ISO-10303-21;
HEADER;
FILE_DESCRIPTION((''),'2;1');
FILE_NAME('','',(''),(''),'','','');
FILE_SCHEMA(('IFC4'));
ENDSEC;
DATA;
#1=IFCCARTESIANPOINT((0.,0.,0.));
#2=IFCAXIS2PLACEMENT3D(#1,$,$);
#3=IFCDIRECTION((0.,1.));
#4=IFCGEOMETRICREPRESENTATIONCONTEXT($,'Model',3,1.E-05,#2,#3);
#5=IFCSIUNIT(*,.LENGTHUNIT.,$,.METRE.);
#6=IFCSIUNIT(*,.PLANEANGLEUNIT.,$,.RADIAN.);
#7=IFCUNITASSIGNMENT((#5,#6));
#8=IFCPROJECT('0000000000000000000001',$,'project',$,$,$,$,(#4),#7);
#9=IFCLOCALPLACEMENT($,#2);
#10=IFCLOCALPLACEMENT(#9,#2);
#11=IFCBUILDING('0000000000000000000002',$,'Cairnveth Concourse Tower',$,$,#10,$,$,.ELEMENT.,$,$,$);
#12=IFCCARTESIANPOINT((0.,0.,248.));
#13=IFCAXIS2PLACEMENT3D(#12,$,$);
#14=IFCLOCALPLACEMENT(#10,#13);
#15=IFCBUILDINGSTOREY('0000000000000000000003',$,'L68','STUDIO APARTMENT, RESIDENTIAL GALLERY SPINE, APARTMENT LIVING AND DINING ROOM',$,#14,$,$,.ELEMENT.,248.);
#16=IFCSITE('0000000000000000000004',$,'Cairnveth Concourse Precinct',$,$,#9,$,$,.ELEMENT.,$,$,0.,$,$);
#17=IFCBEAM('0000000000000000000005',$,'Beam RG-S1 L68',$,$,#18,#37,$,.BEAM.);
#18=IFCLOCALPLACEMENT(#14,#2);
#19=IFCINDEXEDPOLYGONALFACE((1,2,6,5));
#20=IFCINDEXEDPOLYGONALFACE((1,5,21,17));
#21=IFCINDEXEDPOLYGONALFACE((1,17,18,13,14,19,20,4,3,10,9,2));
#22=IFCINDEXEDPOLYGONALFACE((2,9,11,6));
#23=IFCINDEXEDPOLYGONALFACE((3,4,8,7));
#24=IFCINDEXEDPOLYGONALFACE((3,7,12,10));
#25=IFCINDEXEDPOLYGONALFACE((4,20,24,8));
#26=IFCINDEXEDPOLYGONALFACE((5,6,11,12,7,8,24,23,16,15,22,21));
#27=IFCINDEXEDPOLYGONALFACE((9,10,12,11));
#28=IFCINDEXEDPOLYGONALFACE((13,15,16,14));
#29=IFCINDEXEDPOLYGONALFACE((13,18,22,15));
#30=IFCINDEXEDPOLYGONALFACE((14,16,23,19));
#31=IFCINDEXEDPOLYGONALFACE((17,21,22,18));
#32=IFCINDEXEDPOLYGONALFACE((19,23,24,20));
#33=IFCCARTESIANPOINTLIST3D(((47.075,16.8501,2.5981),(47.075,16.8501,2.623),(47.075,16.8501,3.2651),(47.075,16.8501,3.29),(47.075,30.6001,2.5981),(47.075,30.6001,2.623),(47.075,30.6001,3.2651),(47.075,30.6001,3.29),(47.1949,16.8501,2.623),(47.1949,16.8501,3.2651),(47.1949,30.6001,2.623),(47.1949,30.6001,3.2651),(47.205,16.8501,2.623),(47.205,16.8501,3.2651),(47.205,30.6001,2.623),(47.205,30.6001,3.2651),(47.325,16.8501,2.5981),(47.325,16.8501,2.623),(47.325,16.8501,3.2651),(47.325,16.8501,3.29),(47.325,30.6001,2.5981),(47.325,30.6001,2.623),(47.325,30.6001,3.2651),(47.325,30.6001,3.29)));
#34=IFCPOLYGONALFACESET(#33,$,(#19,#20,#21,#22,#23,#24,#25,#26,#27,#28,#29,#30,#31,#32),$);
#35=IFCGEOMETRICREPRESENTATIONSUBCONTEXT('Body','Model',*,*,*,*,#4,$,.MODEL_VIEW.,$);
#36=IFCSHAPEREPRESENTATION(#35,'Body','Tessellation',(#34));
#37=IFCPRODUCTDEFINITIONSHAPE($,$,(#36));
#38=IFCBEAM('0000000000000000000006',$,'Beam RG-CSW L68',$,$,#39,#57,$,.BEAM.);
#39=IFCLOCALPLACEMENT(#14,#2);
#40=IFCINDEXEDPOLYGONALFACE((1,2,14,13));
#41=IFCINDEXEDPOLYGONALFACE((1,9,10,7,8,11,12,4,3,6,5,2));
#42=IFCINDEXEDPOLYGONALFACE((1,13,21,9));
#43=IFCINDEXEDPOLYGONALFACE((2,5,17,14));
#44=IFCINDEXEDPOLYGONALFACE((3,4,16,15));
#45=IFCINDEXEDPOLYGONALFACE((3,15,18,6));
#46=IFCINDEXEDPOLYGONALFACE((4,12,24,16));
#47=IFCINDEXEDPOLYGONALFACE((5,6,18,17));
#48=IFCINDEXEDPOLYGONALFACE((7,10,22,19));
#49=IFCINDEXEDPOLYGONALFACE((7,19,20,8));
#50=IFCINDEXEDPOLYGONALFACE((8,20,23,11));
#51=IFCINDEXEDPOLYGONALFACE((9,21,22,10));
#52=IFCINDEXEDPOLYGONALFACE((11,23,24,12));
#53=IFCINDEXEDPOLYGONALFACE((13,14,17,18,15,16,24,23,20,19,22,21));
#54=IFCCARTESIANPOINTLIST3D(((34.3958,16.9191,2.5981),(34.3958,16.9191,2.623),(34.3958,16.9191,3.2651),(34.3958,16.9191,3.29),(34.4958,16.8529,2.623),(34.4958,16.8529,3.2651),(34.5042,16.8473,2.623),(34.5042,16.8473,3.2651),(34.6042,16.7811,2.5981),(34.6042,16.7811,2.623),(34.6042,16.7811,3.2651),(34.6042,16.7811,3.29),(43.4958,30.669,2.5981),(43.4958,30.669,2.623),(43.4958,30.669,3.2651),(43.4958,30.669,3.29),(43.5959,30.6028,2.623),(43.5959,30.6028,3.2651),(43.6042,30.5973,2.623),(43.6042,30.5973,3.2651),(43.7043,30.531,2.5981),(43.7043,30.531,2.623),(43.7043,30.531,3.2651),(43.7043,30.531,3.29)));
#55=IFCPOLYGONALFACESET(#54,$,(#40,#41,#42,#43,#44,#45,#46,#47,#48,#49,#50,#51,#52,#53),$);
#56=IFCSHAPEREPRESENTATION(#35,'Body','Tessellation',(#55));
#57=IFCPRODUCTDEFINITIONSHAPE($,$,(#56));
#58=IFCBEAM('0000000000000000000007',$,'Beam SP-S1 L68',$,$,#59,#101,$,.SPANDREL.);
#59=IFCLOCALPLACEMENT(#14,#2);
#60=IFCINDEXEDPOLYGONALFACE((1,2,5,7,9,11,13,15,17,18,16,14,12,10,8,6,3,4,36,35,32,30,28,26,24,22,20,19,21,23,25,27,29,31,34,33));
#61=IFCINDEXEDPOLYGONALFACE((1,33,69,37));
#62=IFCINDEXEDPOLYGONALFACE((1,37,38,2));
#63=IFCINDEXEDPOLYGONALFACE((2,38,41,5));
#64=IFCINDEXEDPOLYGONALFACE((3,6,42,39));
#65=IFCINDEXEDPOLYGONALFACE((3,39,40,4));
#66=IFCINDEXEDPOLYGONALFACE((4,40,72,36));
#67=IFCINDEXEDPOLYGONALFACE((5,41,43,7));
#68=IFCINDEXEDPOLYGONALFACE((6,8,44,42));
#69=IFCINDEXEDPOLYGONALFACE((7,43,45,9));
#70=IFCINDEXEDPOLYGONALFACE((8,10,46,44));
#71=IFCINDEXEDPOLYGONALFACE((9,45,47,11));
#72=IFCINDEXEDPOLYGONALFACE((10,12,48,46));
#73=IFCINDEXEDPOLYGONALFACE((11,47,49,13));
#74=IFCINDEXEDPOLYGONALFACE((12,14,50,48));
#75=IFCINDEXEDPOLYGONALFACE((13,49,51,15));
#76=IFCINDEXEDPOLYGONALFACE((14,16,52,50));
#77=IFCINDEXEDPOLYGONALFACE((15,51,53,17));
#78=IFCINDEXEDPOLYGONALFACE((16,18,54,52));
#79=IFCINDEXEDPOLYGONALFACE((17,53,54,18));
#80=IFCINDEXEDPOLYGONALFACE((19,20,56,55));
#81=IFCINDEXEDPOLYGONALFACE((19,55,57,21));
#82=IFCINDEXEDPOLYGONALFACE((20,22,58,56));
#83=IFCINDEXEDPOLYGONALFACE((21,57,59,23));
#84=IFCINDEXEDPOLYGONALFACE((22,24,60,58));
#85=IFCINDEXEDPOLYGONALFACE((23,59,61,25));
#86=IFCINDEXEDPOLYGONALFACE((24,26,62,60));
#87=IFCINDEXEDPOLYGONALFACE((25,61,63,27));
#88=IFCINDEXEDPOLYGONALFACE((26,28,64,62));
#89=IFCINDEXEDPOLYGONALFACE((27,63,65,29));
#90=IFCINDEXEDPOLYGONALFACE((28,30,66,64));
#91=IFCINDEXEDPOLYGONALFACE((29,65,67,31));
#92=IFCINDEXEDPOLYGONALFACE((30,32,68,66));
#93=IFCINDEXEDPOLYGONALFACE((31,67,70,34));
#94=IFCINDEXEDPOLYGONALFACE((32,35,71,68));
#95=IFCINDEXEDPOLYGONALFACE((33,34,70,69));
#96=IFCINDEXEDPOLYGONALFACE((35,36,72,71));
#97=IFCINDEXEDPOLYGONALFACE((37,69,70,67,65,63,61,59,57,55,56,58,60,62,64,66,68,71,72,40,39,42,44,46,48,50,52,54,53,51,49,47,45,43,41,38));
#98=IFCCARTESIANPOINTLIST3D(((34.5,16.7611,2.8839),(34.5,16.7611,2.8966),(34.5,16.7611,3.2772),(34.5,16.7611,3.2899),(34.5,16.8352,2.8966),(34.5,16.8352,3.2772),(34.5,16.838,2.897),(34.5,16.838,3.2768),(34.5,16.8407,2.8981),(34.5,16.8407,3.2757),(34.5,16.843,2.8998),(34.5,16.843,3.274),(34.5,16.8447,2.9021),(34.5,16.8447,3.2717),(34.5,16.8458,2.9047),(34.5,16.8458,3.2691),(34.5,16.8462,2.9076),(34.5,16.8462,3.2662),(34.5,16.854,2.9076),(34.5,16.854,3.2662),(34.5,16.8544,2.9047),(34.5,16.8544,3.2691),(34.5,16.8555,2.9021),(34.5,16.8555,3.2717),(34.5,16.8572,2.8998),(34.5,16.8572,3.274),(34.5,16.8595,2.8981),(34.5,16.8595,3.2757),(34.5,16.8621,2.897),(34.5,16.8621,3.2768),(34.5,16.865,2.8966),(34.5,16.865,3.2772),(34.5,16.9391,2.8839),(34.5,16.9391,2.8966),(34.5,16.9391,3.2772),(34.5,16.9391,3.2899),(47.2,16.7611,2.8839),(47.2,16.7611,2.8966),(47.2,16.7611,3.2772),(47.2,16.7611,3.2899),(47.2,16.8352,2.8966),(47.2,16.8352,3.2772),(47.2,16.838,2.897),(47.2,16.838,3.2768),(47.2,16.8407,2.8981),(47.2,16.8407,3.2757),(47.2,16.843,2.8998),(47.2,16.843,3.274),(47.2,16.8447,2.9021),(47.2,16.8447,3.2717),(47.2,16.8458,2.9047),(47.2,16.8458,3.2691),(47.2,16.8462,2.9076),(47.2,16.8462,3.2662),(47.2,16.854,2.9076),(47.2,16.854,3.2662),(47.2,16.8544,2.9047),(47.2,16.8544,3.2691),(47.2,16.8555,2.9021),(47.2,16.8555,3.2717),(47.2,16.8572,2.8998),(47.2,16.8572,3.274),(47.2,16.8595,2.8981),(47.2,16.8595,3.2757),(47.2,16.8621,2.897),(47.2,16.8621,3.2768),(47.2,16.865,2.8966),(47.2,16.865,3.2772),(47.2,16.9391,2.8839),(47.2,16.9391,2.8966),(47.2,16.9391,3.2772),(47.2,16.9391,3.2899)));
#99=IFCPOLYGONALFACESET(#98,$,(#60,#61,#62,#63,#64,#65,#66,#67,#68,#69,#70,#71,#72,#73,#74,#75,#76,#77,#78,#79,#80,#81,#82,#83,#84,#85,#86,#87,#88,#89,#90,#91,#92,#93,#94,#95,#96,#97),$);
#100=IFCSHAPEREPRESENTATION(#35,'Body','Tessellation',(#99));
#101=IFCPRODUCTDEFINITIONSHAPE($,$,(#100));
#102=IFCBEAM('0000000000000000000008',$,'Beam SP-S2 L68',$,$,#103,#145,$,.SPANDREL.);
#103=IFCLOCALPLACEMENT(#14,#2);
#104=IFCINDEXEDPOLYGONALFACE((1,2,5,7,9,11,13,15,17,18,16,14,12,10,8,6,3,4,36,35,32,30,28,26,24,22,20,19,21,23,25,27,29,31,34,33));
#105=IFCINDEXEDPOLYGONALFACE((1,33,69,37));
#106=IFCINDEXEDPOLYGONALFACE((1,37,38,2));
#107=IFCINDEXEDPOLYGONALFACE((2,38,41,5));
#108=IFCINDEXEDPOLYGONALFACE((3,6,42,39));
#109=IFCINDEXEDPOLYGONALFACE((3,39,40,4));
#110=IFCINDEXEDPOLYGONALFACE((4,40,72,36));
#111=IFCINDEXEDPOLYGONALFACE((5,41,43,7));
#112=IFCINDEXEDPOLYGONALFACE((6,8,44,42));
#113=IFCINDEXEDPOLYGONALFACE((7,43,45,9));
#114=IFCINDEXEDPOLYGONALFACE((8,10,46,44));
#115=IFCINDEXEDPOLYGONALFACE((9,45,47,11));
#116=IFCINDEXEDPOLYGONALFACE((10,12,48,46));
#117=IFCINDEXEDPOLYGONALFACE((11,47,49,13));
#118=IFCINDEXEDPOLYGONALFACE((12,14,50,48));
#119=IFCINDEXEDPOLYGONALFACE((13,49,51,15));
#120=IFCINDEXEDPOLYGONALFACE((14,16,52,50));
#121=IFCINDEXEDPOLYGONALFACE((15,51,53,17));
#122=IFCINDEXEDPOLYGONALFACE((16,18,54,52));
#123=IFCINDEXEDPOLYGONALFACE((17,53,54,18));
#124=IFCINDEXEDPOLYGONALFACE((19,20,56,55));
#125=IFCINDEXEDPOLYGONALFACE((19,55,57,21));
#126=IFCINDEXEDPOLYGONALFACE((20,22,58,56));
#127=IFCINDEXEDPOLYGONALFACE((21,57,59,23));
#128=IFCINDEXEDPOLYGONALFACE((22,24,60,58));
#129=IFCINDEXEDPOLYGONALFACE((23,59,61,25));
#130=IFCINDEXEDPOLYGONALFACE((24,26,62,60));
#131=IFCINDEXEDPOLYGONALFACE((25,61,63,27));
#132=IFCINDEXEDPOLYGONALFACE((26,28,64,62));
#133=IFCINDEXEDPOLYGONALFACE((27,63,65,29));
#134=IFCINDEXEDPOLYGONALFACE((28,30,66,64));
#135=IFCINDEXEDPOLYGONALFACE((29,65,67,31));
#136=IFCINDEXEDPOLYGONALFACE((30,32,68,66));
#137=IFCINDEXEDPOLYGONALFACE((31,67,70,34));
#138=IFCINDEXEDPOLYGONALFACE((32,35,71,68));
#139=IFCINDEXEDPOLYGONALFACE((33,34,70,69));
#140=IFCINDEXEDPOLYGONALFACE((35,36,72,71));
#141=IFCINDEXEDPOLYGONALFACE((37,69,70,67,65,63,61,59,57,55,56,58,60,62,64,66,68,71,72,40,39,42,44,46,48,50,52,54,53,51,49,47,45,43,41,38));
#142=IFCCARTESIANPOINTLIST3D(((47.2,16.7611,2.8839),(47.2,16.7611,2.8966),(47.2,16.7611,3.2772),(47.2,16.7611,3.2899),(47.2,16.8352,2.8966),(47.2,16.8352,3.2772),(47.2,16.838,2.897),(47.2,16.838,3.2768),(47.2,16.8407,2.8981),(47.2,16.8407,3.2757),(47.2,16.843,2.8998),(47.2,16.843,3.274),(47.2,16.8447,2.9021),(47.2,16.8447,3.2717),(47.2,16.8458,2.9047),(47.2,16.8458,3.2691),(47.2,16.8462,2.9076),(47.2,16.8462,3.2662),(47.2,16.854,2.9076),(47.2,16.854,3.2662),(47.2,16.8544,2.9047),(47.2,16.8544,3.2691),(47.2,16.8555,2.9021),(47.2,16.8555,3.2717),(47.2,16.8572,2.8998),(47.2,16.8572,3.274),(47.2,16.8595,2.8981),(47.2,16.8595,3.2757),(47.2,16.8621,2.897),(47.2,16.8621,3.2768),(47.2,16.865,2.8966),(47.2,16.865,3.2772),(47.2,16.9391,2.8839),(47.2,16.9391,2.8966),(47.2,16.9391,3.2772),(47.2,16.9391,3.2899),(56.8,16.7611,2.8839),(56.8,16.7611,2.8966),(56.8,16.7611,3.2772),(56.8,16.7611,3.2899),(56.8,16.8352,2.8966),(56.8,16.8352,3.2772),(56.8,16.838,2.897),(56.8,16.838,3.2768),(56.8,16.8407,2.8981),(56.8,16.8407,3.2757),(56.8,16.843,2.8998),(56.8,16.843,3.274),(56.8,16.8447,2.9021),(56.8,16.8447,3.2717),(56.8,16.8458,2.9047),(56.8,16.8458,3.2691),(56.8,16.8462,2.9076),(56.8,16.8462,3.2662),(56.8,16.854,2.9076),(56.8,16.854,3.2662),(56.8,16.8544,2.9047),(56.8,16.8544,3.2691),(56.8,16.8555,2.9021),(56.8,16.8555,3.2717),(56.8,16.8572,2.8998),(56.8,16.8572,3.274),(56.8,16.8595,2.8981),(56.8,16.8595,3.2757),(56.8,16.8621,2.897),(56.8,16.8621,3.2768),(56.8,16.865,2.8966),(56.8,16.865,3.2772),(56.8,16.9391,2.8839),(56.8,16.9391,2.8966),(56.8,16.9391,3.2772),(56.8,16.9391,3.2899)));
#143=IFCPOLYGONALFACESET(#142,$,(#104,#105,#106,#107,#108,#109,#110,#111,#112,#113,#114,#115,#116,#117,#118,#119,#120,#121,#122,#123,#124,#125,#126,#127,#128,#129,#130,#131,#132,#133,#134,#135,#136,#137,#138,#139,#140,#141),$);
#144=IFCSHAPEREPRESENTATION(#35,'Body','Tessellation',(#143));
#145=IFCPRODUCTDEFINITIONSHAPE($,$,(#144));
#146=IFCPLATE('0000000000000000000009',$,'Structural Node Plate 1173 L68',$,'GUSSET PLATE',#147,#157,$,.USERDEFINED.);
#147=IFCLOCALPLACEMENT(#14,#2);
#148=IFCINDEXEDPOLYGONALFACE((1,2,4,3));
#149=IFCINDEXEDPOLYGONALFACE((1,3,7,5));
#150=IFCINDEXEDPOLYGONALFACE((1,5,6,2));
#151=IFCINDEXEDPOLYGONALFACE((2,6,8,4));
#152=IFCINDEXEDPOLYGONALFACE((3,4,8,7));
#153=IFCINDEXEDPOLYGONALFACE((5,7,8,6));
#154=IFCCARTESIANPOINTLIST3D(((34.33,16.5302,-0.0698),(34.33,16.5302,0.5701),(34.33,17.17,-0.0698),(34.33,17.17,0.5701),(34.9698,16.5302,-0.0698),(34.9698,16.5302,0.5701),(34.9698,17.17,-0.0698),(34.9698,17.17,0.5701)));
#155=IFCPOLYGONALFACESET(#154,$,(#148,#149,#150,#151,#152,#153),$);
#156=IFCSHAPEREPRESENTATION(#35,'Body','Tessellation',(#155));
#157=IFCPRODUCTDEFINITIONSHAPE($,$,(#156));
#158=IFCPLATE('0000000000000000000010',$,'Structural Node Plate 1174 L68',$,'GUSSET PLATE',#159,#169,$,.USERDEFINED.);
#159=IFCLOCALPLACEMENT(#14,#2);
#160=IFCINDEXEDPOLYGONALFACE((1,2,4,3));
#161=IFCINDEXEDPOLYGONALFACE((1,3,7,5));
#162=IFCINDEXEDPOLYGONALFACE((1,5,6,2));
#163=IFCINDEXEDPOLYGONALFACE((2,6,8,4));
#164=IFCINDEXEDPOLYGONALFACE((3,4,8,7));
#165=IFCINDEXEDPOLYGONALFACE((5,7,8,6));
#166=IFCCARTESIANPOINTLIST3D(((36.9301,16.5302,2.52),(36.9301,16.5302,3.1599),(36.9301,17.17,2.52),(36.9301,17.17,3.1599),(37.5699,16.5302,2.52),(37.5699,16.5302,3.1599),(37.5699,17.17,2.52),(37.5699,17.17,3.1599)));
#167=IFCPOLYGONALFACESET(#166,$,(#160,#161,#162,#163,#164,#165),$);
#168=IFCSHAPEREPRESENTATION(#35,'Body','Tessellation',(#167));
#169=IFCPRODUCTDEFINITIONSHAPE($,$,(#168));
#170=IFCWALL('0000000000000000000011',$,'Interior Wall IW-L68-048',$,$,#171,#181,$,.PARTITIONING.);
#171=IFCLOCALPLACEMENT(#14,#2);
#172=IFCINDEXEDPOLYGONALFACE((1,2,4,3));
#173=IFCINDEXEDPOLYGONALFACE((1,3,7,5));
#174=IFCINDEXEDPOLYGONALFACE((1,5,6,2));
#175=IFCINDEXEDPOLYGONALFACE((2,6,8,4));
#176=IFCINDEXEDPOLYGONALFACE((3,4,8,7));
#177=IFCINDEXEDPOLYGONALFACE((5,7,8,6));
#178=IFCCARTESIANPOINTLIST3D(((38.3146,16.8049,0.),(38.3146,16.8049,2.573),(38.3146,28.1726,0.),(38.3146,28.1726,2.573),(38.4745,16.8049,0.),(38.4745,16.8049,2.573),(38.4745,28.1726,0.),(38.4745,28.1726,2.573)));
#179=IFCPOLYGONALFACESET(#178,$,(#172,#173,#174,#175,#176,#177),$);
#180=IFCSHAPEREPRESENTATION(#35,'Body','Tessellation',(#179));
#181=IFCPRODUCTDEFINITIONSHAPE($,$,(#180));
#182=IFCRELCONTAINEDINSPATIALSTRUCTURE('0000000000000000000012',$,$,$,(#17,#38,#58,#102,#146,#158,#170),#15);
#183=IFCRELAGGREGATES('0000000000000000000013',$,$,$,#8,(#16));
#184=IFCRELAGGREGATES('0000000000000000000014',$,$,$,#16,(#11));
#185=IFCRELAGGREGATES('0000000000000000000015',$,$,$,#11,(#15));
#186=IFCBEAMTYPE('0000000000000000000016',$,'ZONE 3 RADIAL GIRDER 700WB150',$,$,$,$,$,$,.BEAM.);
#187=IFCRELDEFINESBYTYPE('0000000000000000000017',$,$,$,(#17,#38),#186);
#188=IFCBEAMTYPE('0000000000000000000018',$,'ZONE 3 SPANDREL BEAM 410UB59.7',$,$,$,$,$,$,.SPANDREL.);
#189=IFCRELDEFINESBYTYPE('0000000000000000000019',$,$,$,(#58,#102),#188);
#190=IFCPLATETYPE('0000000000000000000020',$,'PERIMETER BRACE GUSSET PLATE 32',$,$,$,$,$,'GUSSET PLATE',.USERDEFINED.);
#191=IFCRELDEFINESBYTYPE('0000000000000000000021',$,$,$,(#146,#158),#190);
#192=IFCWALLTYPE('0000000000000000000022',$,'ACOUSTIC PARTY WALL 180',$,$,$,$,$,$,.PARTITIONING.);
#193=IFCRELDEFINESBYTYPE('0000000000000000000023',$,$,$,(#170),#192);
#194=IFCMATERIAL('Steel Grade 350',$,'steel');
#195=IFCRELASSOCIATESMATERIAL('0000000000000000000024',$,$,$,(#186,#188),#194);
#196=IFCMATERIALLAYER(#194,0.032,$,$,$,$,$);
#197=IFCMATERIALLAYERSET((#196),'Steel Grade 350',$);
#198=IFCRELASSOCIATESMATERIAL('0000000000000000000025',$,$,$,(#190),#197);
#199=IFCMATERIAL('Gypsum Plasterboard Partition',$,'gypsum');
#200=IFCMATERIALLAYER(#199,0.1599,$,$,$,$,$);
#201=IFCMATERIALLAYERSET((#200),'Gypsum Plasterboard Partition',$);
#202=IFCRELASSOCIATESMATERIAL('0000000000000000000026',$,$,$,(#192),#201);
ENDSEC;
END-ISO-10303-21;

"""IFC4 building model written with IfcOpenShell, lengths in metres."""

from ifc_helpers import new_model, si_unit, direction, frame, frame_2d, origin, origin_2d, place, context, subcontext, project, spatial, rectangle, i_section, extrude, material, layer, layer_set, material_profile, profile_set, type_object, element, save


model = new_model("IFC4")

# Units and contexts
model_context = context("Model", 3, precision=1e-05, world=origin(), true_north=direction((0.0, 1.0)))
body_context = subcontext(model_context, "Body", "Model", "MODEL_VIEW")
ifc_project = project(units=[si_unit("LENGTHUNIT", "METRE"), si_unit("PLANEANGLEUNIT", "RADIAN")], contexts=[model_context])

# Site, building, storey
site_placement = place(None, origin())
site = spatial("IfcSite", under=ifc_project, at=site_placement, Name="Cairnveth Concourse Precinct", CompositionType="ELEMENT", RefElevation=0.0)
building_placement = place(site_placement, origin())
building = spatial("IfcBuilding", under=site, at=building_placement, Name="Cairnveth Concourse Tower", CompositionType="ELEMENT")
storey_placement = place(building_placement, frame((0.0, 0.0, 248.0)))
storey = spatial("IfcBuildingStorey", under=building, at=storey_placement, Name="L68", Description="STUDIO APARTMENT, RESIDENTIAL GALLERY SPINE, APARTMENT LIVING AND DINING ROOM", CompositionType="ELEMENT", Elevation=248.0)

# Shared definitions
ifc_material_1 = material(Name="Steel Grade 350", Category="steel")

# Beams
ifc_material_profile_1 = material_profile(ifc_material_1, i_section(OverallWidth=0.25, OverallDepth=0.6919, WebThickness=0.01, FlangeThickness=0.0249, at=origin_2d()), Name="700WB150")
ifc_profile_set_1 = profile_set([ifc_material_profile_1], Name="Steel Grade 350")
beam_type_1 = type_object("IfcBeamType", Name="ZONE 3 RADIAL GIRDER 700WB150", PredefinedType="BEAM", material=ifc_profile_set_1)
beam_1_placement = place(storey_placement, frame((47.2, 16.8501, 2.9441), z_axis=(0.0, 1.0, 0.0), x_axis=(-1.0, 0.0, 0.0)))
element("IfcBeam", 1, at=beam_1_placement, inside=storey, type_object=beam_type_1, Name="Beam RG-S1 L68", PredefinedType="BEAM", context=body_context, shape_type="SweptSolid", body=[
    extrude(i_section(OverallWidth=0.25, OverallDepth=0.6919, WebThickness=0.01, FlangeThickness=0.0249, at=origin_2d()), origin(), (0.0, 0.0, 1.0), 13.75),
])
beam_2_placement = place(storey_placement, frame((34.5, 16.8501, 2.9441), z_axis=(0.551902, 0.833909, 0.0), x_axis=(-0.833909, 0.551902, 0.0)))
element("IfcBeam", 2, at=beam_2_placement, inside=storey, type_object=beam_type_1, Name="Beam RG-CSW L68", PredefinedType="BEAM", context=body_context, shape_type="SweptSolid", body=[
    extrude(i_section(OverallWidth=0.25, OverallDepth=0.6919, WebThickness=0.01, FlangeThickness=0.0249, at=origin_2d()), origin(), (0.0, 0.0, 1.0), 16.4885),
])
ifc_material_profile_2 = material_profile(ifc_material_1, i_section(OverallWidth=0.178, OverallDepth=0.406, WebThickness=0.0078, FlangeThickness=0.0127, FilletRadius=0.011, at=origin_2d()), Name="410UB59.7")
ifc_profile_set_2 = profile_set([ifc_material_profile_2], Name="Steel Grade 350")
beam_type_2 = type_object("IfcBeamType", Name="ZONE 3 SPANDREL BEAM 410UB59.7", PredefinedType="SPANDREL", material=ifc_profile_set_2)
beam_3_placement = place(storey_placement, frame((34.5, 16.8501, 3.0869), z_axis=(1.0, 0.0, 0.0), x_axis=(0.0, 1.0, 0.0)))
element("IfcBeam", 3, at=beam_3_placement, inside=storey, type_object=beam_type_2, Name="Beam SP-S1 L68", PredefinedType="SPANDREL", context=body_context, shape_type="SweptSolid", body=[
    extrude(i_section(OverallWidth=0.178, OverallDepth=0.406, WebThickness=0.0078, FlangeThickness=0.0127, FilletRadius=0.011, at=origin_2d()), origin(), (0.0, 0.0, 1.0), 12.7),
])
beam_4_placement = place(storey_placement, frame((47.2, 16.8501, 3.0869), z_axis=(1.0, 0.0, 0.0), x_axis=(0.0, 1.0, 0.0)))
element("IfcBeam", 4, at=beam_4_placement, inside=storey, type_object=beam_type_2, Name="Beam SP-S2 L68", PredefinedType="SPANDREL", context=body_context, shape_type="SweptSolid", body=[
    extrude(i_section(OverallWidth=0.178, OverallDepth=0.406, WebThickness=0.0078, FlangeThickness=0.0127, FilletRadius=0.011, at=origin_2d()), origin(), (0.0, 0.0, 1.0), 9.6001),
])

# Plates
ifc_layer_1 = layer(ifc_material_1, 0.032)
ifc_layer_set_1 = layer_set([ifc_layer_1], Name="Steel Grade 350")
plate_type = type_object("IfcPlateType", Name="PERIMETER BRACE GUSSET PLATE 32", ElementType="GUSSET PLATE", PredefinedType="USERDEFINED", material=ifc_layer_set_1)
for number, where, z_axis, x_axis, name in (
    (5, (34.6499, 16.8501, -0.0698), (0.0, 0.0, 1.0), (1.0, 0.0, 0.0), "Structural Node Plate 1173 L68"),
    (6, (37.25, 16.8501, 2.52), (0.0, 0.0, 1.0), (1.0, 0.0, 0.0), "Structural Node Plate 1174 L68"),
):
    element("IfcPlate", number, at=place(storey_placement, frame(where, z_axis=z_axis, x_axis=x_axis)), inside=storey, type_object=plate_type, Name=name, ObjectType="GUSSET PLATE", PredefinedType="USERDEFINED", context=body_context, shape_type="SweptSolid", body=[
        extrude(rectangle(XDim=0.6399, YDim=0.6399, at=origin_2d()), origin(), (0.0, 0.0, 1.0), 0.6399),
    ])

# Wall
ifc_material_2 = material(Name="Gypsum Plasterboard Partition", Category="gypsum")
ifc_layer_2 = layer(ifc_material_2, 0.1599)
ifc_layer_set_2 = layer_set([ifc_layer_2], Name="Gypsum Plasterboard Partition")
wall_type_1 = type_object("IfcWallType", Name="ACOUSTIC PARTY WALL 180", PredefinedType="PARTITIONING", material=ifc_layer_set_2)
wall_1_placement = place(storey_placement, frame((38.3945, 16.8049, 0.0), z_axis=(0.0, 0.0, 1.0), x_axis=(0.0, 1.0, 0.0)))
element("IfcWall", 7, at=wall_1_placement, inside=storey, type_object=wall_type_1, Name="Interior Wall IW-L68-048", PredefinedType="PARTITIONING", context=body_context, shape_type="SweptSolid", body=[
    extrude(rectangle(XDim=11.3677, YDim=0.1599, at=frame_2d((5.6838, 0.0))), origin(), (0.0, 0.0, 1.0), 2.573),
])

save(model, "model.ifc")
